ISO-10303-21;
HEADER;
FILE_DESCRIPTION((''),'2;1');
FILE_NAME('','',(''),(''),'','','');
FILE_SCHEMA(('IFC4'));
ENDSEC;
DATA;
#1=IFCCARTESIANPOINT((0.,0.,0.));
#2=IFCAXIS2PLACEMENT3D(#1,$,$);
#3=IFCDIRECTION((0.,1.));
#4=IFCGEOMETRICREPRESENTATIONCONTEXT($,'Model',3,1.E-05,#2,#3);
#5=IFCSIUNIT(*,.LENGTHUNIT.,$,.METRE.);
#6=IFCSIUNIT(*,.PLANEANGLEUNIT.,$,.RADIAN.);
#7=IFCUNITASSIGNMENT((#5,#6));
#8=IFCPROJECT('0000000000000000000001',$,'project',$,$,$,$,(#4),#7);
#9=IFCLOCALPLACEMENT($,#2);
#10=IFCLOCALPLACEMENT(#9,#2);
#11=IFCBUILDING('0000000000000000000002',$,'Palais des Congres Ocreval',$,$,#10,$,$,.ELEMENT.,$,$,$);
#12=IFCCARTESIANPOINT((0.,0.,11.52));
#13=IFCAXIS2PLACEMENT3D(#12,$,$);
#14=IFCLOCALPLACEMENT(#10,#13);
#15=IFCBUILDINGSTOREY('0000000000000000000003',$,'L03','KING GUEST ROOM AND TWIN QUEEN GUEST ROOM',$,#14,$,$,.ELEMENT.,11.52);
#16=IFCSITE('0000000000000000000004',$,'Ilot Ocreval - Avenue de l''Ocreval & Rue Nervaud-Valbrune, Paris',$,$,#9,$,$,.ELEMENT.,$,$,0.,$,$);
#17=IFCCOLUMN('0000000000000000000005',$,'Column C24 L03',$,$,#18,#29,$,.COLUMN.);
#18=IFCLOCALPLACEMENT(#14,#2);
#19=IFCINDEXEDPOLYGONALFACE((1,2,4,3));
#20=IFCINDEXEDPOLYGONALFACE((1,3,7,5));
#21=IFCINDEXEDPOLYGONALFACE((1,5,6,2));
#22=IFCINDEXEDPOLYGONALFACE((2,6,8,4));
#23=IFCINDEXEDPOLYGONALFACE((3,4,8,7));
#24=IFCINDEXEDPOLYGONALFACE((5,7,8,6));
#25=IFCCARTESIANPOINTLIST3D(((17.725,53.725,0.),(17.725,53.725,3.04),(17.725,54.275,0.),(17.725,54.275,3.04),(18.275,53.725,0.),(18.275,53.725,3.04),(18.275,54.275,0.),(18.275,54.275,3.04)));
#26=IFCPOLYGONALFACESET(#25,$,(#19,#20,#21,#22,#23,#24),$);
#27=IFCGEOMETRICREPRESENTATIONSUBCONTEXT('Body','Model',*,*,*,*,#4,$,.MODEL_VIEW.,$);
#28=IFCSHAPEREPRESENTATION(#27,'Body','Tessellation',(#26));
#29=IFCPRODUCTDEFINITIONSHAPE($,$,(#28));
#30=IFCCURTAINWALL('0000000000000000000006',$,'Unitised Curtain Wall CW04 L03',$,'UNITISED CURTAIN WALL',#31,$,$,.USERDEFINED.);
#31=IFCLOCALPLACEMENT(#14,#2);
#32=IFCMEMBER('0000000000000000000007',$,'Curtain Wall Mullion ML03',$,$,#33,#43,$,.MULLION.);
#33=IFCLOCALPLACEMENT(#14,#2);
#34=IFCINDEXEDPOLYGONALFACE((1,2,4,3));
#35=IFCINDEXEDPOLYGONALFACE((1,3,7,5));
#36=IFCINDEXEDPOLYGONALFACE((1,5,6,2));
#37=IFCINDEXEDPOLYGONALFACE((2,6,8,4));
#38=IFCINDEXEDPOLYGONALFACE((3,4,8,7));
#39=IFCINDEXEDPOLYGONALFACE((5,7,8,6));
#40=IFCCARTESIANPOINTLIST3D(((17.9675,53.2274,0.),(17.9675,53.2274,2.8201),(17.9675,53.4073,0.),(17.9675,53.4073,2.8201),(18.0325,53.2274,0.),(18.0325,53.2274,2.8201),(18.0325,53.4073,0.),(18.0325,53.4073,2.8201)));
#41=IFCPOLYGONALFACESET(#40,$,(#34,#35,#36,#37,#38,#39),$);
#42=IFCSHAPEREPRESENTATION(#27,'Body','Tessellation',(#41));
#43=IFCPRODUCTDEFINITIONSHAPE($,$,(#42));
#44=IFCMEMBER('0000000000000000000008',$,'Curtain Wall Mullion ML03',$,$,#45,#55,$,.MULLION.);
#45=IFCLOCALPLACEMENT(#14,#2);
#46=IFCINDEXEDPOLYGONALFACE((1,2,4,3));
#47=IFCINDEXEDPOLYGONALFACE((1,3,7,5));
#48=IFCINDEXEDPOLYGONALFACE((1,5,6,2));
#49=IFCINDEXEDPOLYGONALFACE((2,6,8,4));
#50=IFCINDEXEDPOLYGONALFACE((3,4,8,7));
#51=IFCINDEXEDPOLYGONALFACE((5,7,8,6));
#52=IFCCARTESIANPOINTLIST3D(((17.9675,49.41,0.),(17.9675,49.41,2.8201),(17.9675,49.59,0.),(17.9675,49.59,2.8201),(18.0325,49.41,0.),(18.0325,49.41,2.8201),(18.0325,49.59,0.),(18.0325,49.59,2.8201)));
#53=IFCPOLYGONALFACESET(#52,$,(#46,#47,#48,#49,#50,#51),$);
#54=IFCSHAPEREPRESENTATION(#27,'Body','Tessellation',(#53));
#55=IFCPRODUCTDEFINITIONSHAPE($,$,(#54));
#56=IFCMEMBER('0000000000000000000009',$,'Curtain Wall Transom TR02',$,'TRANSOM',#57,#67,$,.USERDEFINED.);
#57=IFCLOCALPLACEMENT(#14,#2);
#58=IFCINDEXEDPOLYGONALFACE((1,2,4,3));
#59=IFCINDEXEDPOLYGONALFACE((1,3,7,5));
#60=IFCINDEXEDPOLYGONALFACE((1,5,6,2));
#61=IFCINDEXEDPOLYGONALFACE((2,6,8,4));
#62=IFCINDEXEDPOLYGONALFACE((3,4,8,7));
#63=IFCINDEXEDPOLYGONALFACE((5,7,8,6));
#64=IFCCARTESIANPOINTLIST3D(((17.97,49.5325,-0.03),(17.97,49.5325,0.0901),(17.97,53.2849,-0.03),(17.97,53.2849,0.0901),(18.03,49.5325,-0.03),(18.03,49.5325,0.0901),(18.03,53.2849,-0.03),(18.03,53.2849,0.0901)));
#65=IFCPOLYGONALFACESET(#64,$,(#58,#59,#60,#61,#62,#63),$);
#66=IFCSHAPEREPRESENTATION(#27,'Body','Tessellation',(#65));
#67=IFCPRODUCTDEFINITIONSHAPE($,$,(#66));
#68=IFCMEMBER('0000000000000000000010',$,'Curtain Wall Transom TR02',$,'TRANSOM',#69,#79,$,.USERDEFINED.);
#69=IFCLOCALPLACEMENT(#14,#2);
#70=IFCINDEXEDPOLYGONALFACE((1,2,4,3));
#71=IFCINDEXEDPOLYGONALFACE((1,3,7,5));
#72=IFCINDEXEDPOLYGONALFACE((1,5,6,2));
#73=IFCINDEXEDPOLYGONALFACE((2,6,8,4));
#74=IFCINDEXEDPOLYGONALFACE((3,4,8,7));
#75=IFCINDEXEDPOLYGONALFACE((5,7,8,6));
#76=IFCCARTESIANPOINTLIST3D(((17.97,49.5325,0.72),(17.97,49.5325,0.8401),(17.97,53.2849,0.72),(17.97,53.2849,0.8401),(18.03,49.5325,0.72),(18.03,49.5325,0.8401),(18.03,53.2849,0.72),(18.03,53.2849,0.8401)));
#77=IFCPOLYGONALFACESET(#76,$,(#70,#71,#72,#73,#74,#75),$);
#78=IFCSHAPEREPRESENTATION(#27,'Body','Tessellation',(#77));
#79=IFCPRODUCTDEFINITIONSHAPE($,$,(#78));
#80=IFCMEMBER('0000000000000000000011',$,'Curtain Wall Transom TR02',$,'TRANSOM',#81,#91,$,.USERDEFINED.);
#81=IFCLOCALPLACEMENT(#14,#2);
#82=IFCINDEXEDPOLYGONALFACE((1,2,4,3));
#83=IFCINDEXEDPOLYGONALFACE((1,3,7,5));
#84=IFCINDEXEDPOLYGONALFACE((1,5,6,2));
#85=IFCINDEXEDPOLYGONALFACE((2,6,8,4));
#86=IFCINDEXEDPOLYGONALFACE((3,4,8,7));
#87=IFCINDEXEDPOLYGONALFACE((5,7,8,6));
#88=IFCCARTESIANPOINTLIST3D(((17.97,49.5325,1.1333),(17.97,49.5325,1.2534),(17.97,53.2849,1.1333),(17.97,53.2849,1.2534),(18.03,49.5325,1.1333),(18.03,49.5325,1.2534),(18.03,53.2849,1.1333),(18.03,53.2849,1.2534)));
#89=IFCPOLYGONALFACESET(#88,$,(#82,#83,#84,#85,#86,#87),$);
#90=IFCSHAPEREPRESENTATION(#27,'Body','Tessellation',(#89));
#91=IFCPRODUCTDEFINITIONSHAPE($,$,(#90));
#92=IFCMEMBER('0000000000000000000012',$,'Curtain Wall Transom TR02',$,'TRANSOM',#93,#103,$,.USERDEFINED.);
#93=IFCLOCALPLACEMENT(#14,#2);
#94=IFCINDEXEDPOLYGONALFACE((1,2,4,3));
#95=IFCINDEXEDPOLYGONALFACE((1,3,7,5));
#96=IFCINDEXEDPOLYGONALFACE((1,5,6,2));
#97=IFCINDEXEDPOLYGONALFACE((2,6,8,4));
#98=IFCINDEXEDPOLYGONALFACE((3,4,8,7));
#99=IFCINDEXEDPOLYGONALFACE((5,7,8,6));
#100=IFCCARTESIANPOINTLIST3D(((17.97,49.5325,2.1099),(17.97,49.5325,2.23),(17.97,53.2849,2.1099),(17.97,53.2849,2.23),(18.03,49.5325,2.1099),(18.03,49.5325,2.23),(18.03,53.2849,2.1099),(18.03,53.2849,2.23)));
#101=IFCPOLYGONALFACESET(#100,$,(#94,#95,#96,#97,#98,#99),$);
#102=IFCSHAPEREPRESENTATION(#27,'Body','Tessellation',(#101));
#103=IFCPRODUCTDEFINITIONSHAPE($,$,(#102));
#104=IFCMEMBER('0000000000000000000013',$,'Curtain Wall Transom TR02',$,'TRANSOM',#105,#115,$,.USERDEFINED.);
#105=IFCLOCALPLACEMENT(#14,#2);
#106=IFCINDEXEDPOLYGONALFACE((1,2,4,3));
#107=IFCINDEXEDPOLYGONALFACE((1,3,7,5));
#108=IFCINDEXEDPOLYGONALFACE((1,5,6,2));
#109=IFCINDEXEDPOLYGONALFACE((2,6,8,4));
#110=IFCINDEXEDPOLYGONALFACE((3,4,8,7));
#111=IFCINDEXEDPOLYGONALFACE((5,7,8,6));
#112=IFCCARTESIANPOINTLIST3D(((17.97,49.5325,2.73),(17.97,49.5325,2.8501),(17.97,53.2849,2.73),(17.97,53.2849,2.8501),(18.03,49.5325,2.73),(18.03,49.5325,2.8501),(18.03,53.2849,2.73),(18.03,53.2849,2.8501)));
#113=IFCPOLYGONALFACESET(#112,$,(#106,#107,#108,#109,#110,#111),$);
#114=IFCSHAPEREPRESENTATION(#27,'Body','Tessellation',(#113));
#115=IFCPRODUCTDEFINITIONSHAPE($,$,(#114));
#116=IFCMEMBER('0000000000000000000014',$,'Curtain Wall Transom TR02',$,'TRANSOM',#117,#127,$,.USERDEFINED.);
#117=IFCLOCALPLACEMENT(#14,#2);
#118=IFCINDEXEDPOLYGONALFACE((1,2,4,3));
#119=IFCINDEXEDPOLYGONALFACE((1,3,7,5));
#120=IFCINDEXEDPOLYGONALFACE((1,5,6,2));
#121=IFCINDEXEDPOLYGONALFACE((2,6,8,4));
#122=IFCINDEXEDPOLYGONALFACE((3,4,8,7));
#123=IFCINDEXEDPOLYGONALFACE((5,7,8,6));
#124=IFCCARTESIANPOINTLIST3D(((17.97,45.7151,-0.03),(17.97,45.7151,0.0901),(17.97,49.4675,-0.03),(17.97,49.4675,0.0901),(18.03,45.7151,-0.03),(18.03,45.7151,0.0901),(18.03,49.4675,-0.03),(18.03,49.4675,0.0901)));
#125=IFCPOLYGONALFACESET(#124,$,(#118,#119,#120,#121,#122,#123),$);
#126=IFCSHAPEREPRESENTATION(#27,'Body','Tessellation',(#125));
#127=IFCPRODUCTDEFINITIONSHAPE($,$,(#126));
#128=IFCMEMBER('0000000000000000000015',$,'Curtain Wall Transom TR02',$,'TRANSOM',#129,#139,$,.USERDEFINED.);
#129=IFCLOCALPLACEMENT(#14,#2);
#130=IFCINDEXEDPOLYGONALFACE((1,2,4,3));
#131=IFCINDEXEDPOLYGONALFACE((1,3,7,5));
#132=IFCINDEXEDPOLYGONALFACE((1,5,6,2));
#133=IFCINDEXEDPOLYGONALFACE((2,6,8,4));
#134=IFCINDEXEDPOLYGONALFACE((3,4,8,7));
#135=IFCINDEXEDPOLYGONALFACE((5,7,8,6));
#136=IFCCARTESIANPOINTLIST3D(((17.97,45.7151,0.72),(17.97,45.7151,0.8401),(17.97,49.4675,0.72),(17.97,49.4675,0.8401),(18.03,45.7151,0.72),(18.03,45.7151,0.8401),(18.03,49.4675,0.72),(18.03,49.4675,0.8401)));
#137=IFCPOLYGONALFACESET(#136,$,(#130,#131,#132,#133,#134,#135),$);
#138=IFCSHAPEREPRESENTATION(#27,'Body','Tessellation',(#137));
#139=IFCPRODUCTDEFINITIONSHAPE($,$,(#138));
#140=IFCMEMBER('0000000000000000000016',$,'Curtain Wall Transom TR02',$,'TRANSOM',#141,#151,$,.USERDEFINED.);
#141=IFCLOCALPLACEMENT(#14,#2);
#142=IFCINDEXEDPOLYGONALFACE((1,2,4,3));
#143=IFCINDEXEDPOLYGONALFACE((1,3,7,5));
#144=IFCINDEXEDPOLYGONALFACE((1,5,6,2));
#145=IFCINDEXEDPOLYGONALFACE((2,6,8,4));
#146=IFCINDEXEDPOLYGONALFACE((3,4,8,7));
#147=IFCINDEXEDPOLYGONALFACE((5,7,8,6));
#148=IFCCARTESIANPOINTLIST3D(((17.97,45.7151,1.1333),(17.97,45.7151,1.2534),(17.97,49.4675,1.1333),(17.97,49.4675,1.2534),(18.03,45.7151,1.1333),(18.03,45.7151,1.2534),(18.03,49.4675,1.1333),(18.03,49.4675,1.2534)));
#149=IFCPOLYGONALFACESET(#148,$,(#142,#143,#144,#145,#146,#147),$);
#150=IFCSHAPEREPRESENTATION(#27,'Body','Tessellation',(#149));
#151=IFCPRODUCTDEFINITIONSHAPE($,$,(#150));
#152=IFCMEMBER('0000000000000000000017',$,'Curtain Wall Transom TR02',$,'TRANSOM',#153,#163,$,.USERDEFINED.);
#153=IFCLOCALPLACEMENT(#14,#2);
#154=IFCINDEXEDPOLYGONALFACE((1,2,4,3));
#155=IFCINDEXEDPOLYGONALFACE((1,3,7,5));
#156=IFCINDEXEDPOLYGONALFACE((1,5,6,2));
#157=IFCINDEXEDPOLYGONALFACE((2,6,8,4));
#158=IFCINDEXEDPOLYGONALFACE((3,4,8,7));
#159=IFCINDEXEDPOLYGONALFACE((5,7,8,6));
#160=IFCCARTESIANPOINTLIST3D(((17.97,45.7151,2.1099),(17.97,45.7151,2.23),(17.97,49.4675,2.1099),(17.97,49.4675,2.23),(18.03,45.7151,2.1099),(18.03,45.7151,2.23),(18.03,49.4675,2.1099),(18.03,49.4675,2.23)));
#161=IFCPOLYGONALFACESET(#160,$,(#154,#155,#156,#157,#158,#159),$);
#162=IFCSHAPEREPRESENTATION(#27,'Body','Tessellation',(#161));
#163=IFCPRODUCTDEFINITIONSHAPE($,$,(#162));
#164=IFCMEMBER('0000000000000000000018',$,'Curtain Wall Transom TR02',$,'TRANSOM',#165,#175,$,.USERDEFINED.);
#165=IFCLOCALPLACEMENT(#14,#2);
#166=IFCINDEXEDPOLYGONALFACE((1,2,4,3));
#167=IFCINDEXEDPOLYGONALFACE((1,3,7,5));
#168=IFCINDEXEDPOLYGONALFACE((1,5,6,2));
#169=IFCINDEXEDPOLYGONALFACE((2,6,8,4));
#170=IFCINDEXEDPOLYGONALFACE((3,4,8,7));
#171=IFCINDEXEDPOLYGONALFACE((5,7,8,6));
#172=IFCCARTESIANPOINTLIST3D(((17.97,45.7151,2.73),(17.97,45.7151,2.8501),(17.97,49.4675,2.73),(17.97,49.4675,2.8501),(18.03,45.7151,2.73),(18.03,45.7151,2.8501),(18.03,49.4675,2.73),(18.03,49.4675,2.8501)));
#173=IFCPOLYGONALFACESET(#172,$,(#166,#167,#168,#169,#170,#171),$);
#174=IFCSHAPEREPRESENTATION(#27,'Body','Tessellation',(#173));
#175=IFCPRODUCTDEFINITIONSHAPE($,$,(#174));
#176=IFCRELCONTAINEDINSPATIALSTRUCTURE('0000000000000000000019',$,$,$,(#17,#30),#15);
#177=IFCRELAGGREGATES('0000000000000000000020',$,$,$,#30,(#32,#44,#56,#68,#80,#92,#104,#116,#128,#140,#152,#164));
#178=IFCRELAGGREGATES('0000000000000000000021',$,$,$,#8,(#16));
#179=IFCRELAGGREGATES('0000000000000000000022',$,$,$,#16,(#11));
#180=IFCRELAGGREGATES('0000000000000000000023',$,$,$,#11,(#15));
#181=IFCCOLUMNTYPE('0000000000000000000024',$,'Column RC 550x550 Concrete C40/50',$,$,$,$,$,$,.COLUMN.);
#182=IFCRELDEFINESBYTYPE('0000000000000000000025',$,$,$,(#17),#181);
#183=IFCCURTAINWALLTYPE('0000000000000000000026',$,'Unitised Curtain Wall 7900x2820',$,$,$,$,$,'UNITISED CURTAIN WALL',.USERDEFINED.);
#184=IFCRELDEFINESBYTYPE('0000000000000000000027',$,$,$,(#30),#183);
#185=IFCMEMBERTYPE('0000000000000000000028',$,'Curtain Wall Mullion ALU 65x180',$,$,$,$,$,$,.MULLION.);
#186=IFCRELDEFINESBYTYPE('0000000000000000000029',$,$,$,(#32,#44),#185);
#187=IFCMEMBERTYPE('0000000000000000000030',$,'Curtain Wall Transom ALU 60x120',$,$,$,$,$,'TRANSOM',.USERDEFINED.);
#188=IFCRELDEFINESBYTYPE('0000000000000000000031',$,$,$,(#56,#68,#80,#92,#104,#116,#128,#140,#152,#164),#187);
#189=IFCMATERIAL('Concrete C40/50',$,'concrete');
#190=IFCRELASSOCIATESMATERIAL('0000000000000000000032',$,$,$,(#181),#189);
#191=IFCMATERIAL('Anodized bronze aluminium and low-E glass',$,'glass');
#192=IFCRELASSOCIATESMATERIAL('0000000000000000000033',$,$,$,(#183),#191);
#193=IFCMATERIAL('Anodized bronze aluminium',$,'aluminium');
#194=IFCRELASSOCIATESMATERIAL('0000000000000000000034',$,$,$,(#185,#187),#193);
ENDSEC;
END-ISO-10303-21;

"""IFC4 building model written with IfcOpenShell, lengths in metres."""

from ifc_helpers import new_model, si_unit, direction, frame, origin, origin_2d, place, context, subcontext, project, spatial, rectangle, extrude, material, material_profile, profile_set, type_object, element, aggregate, save


model = new_model("IFC4")

# Units and contexts
model_context = context("Model", 3, precision=1e-05, world=origin(), true_north=direction((0.0, 1.0)))
body_context = subcontext(model_context, "Body", "Model", "MODEL_VIEW")
ifc_project = project(units=[si_unit("LENGTHUNIT", "METRE"), si_unit("PLANEANGLEUNIT", "RADIAN")], contexts=[model_context])

# Site, building, storey
site_placement = place(None, origin())
site = spatial("IfcSite", under=ifc_project, at=site_placement, Name="Ilot Ocreval - Avenue de l'Ocreval & Rue Nervaud-Valbrune, Paris", CompositionType="ELEMENT", RefElevation=0.0)
building_placement = place(site_placement, origin())
building = spatial("IfcBuilding", under=site, at=building_placement, Name="Palais des Congres Ocreval", CompositionType="ELEMENT")
storey_placement = place(building_placement, frame((0.0, 0.0, 11.52)))
storey = spatial("IfcBuildingStorey", under=building, at=storey_placement, Name="L03", Description="KING GUEST ROOM AND TWIN QUEEN GUEST ROOM", CompositionType="ELEMENT", Elevation=11.52)

# Column
ifc_material_1 = material(Name="Concrete C40/50", Category="concrete")
ifc_material_profile_1 = material_profile(ifc_material_1, rectangle(XDim=0.55, YDim=0.55, at=origin_2d()), Name="RC 550x550")
ifc_profile_set_1 = profile_set([ifc_material_profile_1], Name="Concrete C40/50")
column_type = type_object("IfcColumnType", Name="Column RC 550x550 Concrete C40/50", PredefinedType="COLUMN", material=ifc_profile_set_1)
column_placement = place(storey_placement, frame((18.0, 54.0, 0.0), z_axis=(0.0, 0.0, 1.0), x_axis=(1.0, 0.0, 0.0)))
element("IfcColumn", 1, at=column_placement, inside=storey, type_object=column_type, Name="Column C24 L03", PredefinedType="COLUMN", context=body_context, shape_type="SweptSolid", body=[
    extrude(rectangle(XDim=0.55, YDim=0.55, at=origin_2d()), origin(), (0.0, 0.0, 1.0), 3.04),
])

# Curtain wall, members
ifc_material_2 = material(Name="Anodized bronze aluminium and low-E glass", Category="glass")
curtain_wall_type = type_object("IfcCurtainWallType", Name="Unitised Curtain Wall 7900x2820", ElementType="UNITISED CURTAIN WALL", PredefinedType="USERDEFINED", material=ifc_material_2)
curtain_wall_placement = place(storey_placement, origin())
curtain_wall = element("IfcCurtainWall", 2, at=curtain_wall_placement, inside=storey, type_object=curtain_wall_type, Name="Unitised Curtain Wall CW04 L03", ObjectType="UNITISED CURTAIN WALL", PredefinedType="USERDEFINED")
ifc_material_3 = material(Name="Anodized bronze aluminium", Category="aluminium")
ifc_material_profile_2 = material_profile(ifc_material_3, rectangle(XDim=0.0649, YDim=0.1799, at=origin_2d()), Name="ALU 65x180")
ifc_profile_set_2 = profile_set([ifc_material_profile_2], Name="Anodized bronze aluminium")
member_type_1 = type_object("IfcMemberType", Name="Curtain Wall Mullion ALU 65x180", PredefinedType="MULLION", material=ifc_profile_set_2)
member_1_placement = place(storey_placement, frame((18.0, 53.3174, 0.0), z_axis=(0.0, 0.0, 1.0), x_axis=(1.0, 0.0, 0.0)))
member_1 = element("IfcMember", 3, at=member_1_placement, type_object=member_type_1, Name="Curtain Wall Mullion ML03", PredefinedType="MULLION", context=body_context, shape_type="SweptSolid", body=[
    extrude(rectangle(XDim=0.0649, YDim=0.1799, at=origin_2d()), origin(), (0.0, 0.0, 1.0), 2.8201),
])
member_2_placement = place(storey_placement, frame((18.0, 49.5, 0.0), z_axis=(0.0, 0.0, 1.0), x_axis=(1.0, 0.0, 0.0)))
member_2 = element("IfcMember", 4, at=member_2_placement, type_object=member_type_1, Name="Curtain Wall Mullion ML03", PredefinedType="MULLION", context=body_context, shape_type="SweptSolid", body=[
    extrude(rectangle(XDim=0.0649, YDim=0.1799, at=origin_2d()), origin(), (0.0, 0.0, 1.0), 2.8201),
])
ifc_material_profile_3 = material_profile(ifc_material_3, rectangle(XDim=0.0601, YDim=0.1201, at=origin_2d()), Name="ALU 60x120")
ifc_profile_set_3 = profile_set([ifc_material_profile_3], Name="Anodized bronze aluminium")
member_type_2 = type_object("IfcMemberType", Name="Curtain Wall Transom ALU 60x120", ElementType="TRANSOM", PredefinedType="USERDEFINED", material=ifc_profile_set_3)
member_3_placement = place(storey_placement, frame((18.0, 53.2849, 0.03), z_axis=(0.0, -1.0, 0.0), x_axis=(1.0, 0.0, 0.0)))
member_3 = element("IfcMember", 5, at=member_3_placement, type_object=member_type_2, Name="Curtain Wall Transom TR02", ObjectType="TRANSOM", PredefinedType="USERDEFINED", context=body_context, shape_type="SweptSolid", body=[
    extrude(rectangle(XDim=0.0601, YDim=0.1201, at=origin_2d()), origin(), (0.0, 0.0, 1.0), 3.7524),
])
member_4_placement = place(storey_placement, frame((18.0, 53.2849, 0.78), z_axis=(0.0, -1.0, 0.0), x_axis=(1.0, 0.0, 0.0)))
member_4 = element("IfcMember", 6, at=member_4_placement, type_object=member_type_2, Name="Curtain Wall Transom TR02", ObjectType="TRANSOM", PredefinedType="USERDEFINED", context=body_context, shape_type="SweptSolid", body=[
    extrude(rectangle(XDim=0.0601, YDim=0.1201, at=origin_2d()), origin(), (0.0, 0.0, 1.0), 3.7524),
])
member_5_placement = place(storey_placement, frame((18.0, 53.2849, 1.1934), z_axis=(0.0, -1.0, 0.0), x_axis=(1.0, 0.0, 0.0)))
member_5 = element("IfcMember", 7, at=member_5_placement, type_object=member_type_2, Name="Curtain Wall Transom TR02", ObjectType="TRANSOM", PredefinedType="USERDEFINED", context=body_context, shape_type="SweptSolid", body=[
    extrude(rectangle(XDim=0.0601, YDim=0.1201, at=origin_2d()), origin(), (0.0, 0.0, 1.0), 3.7524),
])
member_6_placement = place(storey_placement, frame((18.0, 53.2849, 2.1699), z_axis=(0.0, -1.0, 0.0), x_axis=(1.0, 0.0, 0.0)))
member_6 = element("IfcMember", 8, at=member_6_placement, type_object=member_type_2, Name="Curtain Wall Transom TR02", ObjectType="TRANSOM", PredefinedType="USERDEFINED", context=body_context, shape_type="SweptSolid", body=[
    extrude(rectangle(XDim=0.0601, YDim=0.1201, at=origin_2d()), origin(), (0.0, 0.0, 1.0), 3.7524),
])
member_7_placement = place(storey_placement, frame((18.0, 53.2849, 2.79), z_axis=(0.0, -1.0, 0.0), x_axis=(1.0, 0.0, 0.0)))
member_7 = element("IfcMember", 9, at=member_7_placement, type_object=member_type_2, Name="Curtain Wall Transom TR02", ObjectType="TRANSOM", PredefinedType="USERDEFINED", context=body_context, shape_type="SweptSolid", body=[
    extrude(rectangle(XDim=0.0601, YDim=0.1201, at=origin_2d()), origin(), (0.0, 0.0, 1.0), 3.7524),
])
member_8_placement = place(storey_placement, frame((18.0, 49.4675, 0.03), z_axis=(0.0, -1.0, 0.0), x_axis=(1.0, 0.0, 0.0)))
member_8 = element("IfcMember", 10, at=member_8_placement, type_object=member_type_2, Name="Curtain Wall Transom TR02", ObjectType="TRANSOM", PredefinedType="USERDEFINED", context=body_context, shape_type="SweptSolid", body=[
    extrude(rectangle(XDim=0.0601, YDim=0.1201, at=origin_2d()), origin(), (0.0, 0.0, 1.0), 3.7524),
])
member_9_placement = place(storey_placement, frame((18.0, 49.4675, 0.78), z_axis=(0.0, -1.0, 0.0), x_axis=(1.0, 0.0, 0.0)))
member_9 = element("IfcMember", 11, at=member_9_placement, type_object=member_type_2, Name="Curtain Wall Transom TR02", ObjectType="TRANSOM", PredefinedType="USERDEFINED", context=body_context, shape_type="SweptSolid", body=[
    extrude(rectangle(XDim=0.0601, YDim=0.1201, at=origin_2d()), origin(), (0.0, 0.0, 1.0), 3.7524),
])
member_10_placement = place(storey_placement, frame((18.0, 49.4675, 1.1934), z_axis=(0.0, -1.0, 0.0), x_axis=(1.0, 0.0, 0.0)))
member_10 = element("IfcMember", 12, at=member_10_placement, type_object=member_type_2, Name="Curtain Wall Transom TR02", ObjectType="TRANSOM", PredefinedType="USERDEFINED", context=body_context, shape_type="SweptSolid", body=[
    extrude(rectangle(XDim=0.0601, YDim=0.1201, at=origin_2d()), origin(), (0.0, 0.0, 1.0), 3.7524),
])
member_11_placement = place(storey_placement, frame((18.0, 49.4675, 2.1699), z_axis=(0.0, -1.0, 0.0), x_axis=(1.0, 0.0, 0.0)))
member_11 = element("IfcMember", 13, at=member_11_placement, type_object=member_type_2, Name="Curtain Wall Transom TR02", ObjectType="TRANSOM", PredefinedType="USERDEFINED", context=body_context, shape_type="SweptSolid", body=[
    extrude(rectangle(XDim=0.0601, YDim=0.1201, at=origin_2d()), origin(), (0.0, 0.0, 1.0), 3.7524),
])
member_12_placement = place(storey_placement, frame((18.0, 49.4675, 2.79), z_axis=(0.0, -1.0, 0.0), x_axis=(1.0, 0.0, 0.0)))
member_12 = element("IfcMember", 14, at=member_12_placement, type_object=member_type_2, Name="Curtain Wall Transom TR02", ObjectType="TRANSOM", PredefinedType="USERDEFINED", context=body_context, shape_type="SweptSolid", body=[
    extrude(rectangle(XDim=0.0601, YDim=0.1201, at=origin_2d()), origin(), (0.0, 0.0, 1.0), 3.7524),
])

aggregate(curtain_wall, [member_1, member_2, member_3, member_4, member_5, member_6, member_7, member_8, member_9, member_10, member_11, member_12])

save(model, "model.ifc")
